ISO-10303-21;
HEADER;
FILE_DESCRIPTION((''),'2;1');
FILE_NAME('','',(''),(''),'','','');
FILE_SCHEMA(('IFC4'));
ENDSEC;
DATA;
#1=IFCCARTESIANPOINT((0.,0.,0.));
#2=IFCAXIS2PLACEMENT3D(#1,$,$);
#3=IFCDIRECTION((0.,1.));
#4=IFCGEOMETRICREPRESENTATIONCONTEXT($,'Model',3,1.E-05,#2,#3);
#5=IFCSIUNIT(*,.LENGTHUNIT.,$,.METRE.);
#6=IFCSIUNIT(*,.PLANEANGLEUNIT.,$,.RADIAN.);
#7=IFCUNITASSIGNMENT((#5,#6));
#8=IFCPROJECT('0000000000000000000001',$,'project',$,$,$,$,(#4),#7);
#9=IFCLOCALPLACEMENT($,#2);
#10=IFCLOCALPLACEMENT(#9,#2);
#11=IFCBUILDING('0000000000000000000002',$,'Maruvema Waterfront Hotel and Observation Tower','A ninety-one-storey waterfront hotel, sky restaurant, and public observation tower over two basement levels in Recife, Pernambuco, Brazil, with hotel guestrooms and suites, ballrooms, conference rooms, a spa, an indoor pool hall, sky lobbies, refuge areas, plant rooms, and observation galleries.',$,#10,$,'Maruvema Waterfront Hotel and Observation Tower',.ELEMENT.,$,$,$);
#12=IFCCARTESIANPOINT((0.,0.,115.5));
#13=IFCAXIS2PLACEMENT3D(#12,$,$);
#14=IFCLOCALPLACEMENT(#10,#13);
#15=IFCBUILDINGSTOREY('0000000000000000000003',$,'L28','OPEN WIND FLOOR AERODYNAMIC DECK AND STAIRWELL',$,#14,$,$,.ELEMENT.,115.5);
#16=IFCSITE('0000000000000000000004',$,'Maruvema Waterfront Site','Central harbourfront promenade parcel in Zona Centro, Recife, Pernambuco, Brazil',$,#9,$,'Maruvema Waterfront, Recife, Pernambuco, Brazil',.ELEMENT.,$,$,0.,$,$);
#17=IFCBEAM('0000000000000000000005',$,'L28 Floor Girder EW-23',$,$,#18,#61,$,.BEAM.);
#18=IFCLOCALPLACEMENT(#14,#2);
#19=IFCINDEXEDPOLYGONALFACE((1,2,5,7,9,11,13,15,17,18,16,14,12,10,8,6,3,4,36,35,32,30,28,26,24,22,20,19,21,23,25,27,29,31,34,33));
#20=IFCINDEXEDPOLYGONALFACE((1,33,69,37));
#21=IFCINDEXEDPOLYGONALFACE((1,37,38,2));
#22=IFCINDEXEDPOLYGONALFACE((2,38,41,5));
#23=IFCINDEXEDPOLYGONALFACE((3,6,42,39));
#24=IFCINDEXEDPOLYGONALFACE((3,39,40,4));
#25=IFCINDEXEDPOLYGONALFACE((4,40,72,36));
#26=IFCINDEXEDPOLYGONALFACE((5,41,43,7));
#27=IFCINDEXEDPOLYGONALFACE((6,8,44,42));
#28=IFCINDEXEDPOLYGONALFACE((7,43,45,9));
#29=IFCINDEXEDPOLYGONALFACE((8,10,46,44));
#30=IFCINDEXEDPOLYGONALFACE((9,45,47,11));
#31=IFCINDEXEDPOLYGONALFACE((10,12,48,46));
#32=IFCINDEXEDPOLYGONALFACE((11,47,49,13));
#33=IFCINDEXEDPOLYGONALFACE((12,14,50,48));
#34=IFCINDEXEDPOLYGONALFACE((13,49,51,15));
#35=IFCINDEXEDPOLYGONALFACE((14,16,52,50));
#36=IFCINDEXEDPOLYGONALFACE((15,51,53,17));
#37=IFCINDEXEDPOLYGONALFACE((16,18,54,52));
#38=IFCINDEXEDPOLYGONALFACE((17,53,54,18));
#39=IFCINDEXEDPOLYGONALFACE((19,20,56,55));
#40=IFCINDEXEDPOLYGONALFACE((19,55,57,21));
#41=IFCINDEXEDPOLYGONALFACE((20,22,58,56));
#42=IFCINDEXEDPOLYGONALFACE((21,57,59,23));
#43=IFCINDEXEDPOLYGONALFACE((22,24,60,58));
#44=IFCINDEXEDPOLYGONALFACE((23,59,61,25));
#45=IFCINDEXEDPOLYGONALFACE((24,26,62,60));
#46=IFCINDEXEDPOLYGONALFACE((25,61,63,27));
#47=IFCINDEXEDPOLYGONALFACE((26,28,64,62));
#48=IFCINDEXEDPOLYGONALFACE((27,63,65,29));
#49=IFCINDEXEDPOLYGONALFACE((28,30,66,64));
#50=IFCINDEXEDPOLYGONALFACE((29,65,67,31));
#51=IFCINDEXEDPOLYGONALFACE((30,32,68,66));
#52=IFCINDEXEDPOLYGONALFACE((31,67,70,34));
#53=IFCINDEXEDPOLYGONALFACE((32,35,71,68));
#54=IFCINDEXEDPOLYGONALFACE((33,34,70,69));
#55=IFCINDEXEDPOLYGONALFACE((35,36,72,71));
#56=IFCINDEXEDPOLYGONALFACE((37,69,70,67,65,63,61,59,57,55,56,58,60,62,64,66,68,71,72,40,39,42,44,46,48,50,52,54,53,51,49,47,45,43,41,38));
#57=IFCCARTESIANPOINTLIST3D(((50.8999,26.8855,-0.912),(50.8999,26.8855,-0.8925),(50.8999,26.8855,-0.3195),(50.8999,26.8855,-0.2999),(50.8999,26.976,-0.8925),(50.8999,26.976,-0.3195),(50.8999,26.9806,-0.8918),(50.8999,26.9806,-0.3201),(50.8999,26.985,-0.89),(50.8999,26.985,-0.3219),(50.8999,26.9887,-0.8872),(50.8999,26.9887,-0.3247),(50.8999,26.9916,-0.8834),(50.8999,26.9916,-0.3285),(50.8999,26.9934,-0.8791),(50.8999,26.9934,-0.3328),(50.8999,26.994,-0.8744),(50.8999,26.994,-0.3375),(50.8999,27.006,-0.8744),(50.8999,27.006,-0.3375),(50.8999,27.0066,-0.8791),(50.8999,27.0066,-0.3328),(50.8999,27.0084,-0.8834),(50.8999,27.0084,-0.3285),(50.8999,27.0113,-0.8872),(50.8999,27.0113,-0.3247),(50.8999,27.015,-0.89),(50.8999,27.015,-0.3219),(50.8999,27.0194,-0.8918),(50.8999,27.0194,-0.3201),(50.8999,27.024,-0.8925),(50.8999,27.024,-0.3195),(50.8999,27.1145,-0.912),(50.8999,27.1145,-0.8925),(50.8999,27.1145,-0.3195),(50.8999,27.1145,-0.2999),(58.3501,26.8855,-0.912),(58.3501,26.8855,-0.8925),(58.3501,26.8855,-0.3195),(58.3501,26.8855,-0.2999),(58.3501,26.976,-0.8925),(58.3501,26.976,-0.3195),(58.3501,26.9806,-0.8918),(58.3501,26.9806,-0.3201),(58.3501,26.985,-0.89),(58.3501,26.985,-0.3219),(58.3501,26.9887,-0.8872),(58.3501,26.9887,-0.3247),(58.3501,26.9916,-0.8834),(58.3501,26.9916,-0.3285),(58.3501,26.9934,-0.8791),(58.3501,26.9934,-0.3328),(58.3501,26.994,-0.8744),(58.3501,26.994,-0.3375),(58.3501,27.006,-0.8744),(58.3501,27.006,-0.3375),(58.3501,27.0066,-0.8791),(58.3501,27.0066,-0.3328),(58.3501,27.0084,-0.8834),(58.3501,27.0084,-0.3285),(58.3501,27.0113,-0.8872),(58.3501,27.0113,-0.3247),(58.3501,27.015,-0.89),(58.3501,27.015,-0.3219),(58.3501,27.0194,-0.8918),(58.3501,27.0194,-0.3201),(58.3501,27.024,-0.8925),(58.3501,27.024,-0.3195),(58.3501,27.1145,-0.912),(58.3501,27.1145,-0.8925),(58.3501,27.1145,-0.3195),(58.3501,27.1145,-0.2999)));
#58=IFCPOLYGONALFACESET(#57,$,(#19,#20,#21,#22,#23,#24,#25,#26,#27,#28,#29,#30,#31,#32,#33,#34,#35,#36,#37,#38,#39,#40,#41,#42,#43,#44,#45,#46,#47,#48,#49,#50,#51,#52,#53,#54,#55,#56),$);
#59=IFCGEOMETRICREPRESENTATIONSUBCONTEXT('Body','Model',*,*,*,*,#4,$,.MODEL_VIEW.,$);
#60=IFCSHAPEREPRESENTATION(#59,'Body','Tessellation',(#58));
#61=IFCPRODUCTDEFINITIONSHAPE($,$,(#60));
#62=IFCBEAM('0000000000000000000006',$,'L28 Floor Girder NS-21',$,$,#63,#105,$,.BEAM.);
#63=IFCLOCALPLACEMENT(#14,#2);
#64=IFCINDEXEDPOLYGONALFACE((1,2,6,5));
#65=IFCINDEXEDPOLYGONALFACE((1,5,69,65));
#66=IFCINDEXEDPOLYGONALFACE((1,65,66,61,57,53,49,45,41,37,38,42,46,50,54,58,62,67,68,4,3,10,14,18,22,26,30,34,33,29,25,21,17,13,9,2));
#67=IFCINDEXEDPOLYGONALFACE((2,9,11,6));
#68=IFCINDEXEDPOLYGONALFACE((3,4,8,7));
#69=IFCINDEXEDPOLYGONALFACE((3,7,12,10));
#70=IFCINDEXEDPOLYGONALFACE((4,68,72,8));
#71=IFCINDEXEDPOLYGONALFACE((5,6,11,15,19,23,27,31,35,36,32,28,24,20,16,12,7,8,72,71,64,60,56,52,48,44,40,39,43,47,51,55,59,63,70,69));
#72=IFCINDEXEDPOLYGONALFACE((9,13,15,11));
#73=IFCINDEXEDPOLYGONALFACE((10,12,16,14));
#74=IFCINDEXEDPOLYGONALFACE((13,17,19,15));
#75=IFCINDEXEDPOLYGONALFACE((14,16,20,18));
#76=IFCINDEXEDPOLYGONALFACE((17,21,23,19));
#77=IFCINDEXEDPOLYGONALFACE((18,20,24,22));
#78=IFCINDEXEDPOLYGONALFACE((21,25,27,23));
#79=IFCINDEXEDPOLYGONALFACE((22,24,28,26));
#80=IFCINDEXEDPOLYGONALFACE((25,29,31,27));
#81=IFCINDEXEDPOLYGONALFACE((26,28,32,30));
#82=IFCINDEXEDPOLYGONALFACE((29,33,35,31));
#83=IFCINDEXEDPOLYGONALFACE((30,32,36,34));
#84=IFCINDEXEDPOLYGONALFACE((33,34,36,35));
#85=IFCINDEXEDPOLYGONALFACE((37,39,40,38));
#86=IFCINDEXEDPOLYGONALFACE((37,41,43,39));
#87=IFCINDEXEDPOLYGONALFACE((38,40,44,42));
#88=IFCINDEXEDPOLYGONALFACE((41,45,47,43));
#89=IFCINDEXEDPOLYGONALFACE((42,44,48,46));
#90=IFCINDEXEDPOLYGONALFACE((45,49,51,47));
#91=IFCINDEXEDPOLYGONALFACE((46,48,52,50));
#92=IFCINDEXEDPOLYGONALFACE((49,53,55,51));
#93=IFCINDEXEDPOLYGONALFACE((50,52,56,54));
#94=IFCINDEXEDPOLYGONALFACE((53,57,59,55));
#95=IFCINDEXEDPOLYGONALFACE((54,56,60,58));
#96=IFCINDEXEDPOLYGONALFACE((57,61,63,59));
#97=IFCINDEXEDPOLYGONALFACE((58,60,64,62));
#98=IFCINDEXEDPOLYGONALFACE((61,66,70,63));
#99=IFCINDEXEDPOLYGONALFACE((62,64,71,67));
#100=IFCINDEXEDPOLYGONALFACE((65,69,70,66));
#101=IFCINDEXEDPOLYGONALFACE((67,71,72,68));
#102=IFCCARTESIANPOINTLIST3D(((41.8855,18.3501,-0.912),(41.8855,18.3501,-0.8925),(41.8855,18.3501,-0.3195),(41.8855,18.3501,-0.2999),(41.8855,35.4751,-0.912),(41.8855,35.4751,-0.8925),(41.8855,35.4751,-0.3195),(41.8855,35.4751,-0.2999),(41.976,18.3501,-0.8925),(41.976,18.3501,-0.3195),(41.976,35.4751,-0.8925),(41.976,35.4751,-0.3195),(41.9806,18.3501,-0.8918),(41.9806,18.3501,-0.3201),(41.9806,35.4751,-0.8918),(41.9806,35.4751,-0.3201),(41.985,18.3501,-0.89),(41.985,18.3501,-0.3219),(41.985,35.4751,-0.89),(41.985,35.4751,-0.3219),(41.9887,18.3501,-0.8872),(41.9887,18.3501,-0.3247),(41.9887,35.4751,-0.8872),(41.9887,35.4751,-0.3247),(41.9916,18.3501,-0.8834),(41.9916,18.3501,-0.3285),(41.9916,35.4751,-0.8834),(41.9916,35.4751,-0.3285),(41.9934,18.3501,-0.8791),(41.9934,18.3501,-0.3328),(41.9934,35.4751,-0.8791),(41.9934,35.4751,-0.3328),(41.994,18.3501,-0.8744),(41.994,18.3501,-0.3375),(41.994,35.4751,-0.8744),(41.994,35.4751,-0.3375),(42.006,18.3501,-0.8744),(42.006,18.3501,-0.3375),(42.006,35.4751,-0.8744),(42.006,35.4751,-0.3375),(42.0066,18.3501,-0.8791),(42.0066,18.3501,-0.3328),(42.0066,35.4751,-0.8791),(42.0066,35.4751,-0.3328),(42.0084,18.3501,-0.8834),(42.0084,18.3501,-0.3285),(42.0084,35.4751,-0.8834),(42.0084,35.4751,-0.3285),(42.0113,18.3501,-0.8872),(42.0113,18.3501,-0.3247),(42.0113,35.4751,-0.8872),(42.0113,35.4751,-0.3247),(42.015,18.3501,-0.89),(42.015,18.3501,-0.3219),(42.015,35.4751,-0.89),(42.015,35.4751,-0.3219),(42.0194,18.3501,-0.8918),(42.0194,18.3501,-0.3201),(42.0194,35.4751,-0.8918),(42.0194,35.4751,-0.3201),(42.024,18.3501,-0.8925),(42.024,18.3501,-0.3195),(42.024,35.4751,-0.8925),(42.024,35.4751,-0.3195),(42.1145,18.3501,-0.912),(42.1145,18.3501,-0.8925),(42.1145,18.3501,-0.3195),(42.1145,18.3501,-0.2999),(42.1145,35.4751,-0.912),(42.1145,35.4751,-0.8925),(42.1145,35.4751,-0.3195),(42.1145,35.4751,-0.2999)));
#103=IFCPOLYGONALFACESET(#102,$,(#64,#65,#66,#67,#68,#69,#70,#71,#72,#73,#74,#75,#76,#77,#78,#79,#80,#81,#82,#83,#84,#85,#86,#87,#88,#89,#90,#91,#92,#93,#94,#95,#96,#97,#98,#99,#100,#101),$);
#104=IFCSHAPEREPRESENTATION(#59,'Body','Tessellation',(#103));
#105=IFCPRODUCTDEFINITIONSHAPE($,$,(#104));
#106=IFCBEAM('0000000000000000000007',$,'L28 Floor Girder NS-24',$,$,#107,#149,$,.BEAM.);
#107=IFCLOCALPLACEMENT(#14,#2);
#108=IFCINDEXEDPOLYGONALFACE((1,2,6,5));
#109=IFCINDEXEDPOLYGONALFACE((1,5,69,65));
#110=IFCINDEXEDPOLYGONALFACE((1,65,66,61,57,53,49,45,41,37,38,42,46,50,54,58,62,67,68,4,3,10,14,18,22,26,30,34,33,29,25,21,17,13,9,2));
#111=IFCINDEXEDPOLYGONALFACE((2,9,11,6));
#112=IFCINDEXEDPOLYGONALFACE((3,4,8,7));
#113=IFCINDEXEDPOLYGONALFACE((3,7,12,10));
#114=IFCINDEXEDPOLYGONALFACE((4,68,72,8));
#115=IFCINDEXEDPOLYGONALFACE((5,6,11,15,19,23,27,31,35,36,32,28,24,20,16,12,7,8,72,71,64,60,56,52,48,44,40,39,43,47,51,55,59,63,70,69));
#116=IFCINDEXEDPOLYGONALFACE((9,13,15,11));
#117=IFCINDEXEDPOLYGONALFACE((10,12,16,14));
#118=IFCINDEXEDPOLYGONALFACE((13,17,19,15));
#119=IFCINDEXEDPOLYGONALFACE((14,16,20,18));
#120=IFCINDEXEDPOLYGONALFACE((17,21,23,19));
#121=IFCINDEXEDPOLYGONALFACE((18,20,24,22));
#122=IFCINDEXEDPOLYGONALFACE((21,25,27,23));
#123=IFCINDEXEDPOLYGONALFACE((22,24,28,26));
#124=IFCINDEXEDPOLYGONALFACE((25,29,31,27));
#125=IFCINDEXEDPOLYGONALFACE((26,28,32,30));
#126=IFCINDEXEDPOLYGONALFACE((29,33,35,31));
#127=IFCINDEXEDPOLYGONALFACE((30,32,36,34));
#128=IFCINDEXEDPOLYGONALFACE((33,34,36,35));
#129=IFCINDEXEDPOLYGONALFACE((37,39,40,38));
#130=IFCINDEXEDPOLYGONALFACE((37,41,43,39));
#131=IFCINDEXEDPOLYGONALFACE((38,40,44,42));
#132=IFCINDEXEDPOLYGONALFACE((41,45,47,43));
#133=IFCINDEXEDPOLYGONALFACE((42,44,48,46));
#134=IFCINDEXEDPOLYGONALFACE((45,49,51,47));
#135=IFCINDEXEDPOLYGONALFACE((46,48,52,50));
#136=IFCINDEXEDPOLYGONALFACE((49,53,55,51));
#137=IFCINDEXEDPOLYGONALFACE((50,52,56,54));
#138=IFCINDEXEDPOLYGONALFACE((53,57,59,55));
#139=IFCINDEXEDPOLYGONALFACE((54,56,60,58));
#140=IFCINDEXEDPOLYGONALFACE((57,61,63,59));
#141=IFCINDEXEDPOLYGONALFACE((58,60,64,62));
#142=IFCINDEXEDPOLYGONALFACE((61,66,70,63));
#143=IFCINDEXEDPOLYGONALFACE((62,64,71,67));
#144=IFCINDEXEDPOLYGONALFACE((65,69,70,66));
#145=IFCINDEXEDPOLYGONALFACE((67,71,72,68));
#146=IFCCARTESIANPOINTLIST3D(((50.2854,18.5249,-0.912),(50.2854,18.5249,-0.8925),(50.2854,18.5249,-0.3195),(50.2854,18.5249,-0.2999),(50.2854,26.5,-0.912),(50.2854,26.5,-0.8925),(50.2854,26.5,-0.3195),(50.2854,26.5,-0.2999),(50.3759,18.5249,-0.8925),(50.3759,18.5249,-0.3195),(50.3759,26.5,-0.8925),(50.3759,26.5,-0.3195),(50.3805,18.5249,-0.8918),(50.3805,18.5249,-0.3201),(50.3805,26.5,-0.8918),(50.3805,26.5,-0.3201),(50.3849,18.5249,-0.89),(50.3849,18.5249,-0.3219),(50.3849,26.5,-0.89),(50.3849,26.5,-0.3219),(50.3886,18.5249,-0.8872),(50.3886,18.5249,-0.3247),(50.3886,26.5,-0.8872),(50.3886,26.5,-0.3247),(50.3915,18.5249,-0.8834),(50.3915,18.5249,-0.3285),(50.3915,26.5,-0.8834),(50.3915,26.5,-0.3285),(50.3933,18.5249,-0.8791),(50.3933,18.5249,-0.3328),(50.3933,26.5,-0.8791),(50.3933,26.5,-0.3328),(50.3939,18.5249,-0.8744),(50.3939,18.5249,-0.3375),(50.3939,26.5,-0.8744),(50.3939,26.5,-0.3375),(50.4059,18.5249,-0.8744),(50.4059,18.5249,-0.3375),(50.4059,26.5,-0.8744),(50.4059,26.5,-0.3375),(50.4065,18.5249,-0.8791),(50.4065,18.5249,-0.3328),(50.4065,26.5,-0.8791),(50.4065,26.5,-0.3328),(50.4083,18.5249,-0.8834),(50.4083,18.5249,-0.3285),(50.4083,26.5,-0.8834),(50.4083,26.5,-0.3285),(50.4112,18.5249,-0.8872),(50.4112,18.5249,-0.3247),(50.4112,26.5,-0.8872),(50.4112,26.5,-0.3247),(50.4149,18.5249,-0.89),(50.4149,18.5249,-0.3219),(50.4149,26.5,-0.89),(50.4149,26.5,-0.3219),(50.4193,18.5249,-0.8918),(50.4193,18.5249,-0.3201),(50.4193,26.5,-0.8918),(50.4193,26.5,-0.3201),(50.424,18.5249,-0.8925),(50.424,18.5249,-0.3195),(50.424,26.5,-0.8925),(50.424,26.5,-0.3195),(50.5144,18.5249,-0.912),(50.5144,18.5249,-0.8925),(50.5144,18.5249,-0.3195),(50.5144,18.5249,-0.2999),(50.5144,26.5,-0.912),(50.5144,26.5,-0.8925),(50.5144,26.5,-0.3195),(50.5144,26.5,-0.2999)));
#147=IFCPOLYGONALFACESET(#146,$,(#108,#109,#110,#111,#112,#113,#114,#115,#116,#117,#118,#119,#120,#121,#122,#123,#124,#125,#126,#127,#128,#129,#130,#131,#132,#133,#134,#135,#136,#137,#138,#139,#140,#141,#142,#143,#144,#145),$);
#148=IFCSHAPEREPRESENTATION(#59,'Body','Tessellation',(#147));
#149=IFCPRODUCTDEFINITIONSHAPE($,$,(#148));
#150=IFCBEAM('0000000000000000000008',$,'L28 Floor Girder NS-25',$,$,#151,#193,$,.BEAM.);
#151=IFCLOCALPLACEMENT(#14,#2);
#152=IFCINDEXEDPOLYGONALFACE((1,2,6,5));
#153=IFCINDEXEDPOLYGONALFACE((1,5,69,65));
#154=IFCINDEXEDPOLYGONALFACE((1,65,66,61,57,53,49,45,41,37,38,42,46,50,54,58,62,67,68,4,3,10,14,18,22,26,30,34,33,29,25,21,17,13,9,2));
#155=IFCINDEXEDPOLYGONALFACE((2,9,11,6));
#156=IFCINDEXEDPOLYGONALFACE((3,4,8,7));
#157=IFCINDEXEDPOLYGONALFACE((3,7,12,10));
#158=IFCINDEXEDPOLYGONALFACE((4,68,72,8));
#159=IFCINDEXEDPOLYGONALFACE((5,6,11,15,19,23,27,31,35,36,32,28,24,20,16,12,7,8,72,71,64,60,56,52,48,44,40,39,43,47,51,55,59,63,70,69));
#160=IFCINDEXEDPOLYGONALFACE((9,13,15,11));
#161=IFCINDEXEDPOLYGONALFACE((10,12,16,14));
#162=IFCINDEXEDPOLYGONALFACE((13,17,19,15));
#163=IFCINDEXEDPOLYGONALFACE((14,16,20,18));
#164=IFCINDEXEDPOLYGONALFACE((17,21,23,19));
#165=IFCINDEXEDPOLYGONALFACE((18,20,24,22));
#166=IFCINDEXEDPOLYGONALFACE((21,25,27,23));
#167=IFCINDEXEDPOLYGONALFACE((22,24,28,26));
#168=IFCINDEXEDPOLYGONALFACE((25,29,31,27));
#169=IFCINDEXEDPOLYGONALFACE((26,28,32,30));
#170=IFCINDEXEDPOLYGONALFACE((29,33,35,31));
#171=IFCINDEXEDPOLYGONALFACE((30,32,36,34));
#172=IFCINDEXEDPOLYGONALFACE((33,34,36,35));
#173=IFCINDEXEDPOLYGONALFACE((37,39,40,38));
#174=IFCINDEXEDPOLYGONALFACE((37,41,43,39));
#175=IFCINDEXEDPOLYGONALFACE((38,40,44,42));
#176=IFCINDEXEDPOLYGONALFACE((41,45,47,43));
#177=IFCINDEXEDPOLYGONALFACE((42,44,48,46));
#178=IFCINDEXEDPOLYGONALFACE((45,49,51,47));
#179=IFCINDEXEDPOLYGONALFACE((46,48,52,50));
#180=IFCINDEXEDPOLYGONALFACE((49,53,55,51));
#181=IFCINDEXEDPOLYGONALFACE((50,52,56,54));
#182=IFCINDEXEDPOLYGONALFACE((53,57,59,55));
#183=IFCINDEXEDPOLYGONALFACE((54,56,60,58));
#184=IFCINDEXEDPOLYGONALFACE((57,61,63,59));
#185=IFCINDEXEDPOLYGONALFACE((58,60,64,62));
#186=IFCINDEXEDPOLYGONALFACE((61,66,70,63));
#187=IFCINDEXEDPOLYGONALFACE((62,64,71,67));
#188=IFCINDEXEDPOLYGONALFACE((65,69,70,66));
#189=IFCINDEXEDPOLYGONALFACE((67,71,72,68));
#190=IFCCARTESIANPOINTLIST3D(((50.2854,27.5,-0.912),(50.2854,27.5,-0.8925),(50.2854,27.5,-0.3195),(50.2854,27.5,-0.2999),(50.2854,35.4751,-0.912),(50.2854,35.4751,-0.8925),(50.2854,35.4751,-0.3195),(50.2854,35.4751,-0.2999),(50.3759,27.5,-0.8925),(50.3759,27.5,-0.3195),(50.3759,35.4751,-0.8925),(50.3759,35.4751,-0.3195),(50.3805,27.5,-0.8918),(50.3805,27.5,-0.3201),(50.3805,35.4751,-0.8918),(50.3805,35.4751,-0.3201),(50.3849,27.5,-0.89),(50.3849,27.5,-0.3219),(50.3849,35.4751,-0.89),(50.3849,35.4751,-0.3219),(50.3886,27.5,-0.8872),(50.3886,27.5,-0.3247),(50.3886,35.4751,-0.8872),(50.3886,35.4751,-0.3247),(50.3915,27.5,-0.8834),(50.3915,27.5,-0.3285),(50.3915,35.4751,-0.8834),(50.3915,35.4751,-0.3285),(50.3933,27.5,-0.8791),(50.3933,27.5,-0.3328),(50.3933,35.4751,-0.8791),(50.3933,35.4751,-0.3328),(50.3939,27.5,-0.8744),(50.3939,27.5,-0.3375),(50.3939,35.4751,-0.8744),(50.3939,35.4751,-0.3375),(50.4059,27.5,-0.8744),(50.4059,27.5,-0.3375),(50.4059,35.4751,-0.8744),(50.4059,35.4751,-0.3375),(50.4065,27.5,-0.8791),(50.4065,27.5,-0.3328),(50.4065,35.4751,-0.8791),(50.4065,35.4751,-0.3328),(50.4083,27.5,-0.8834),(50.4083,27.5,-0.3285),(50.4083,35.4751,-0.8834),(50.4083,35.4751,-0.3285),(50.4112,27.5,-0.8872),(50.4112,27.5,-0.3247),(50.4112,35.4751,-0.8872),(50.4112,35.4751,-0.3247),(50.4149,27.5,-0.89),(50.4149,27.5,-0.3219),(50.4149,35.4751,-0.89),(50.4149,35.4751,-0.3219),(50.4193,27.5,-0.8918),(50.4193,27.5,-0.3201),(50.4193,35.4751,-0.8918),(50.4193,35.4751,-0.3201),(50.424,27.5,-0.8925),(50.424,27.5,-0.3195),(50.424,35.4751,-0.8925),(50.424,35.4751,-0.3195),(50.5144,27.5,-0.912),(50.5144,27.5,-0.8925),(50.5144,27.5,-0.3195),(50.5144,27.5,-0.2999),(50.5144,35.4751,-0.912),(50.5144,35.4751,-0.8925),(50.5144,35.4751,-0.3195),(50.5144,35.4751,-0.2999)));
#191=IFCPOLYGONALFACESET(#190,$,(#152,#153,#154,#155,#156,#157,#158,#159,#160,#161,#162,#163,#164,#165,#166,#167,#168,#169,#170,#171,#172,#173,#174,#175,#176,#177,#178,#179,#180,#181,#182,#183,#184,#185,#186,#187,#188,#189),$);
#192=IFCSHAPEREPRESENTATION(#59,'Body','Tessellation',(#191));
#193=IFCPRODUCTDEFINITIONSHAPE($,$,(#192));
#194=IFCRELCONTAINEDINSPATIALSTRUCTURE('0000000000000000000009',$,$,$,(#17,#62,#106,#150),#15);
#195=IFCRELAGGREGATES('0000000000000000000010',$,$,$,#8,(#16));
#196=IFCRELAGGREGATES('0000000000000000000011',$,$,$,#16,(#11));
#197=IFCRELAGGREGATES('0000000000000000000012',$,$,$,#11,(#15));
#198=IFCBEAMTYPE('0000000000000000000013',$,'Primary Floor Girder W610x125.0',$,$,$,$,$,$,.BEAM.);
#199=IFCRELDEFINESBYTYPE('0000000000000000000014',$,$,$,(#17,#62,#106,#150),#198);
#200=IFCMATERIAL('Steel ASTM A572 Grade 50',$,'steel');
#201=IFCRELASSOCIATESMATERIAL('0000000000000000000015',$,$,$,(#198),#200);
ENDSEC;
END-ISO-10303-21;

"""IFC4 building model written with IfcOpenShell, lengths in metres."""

from ifc_helpers import new_model, si_unit, direction, frame, origin, origin_2d, place, context, subcontext, project, spatial, i_section, extrude, material, material_profile, profile_set, type_object, element, save


model = new_model("IFC4")

# Units and contexts
model_context = context("Model", 3, precision=1e-05, world=origin(), true_north=direction((0.0, 1.0)))
body_context = subcontext(model_context, "Body", "Model", "MODEL_VIEW")
ifc_project = project(units=[si_unit("LENGTHUNIT", "METRE"), si_unit("PLANEANGLEUNIT", "RADIAN")], contexts=[model_context])

# Site, building, storey
site_placement = place(None, origin())
site = spatial("IfcSite", under=ifc_project, at=site_placement, Name="Maruvema Waterfront Site", Description="Central harbourfront promenade parcel in Zona Centro, Recife, Pernambuco, Brazil", LongName="Maruvema Waterfront, Recife, Pernambuco, Brazil", CompositionType="ELEMENT", RefElevation=0.0)
building_placement = place(site_placement, origin())
building = spatial("IfcBuilding", under=site, at=building_placement, Name="Maruvema Waterfront Hotel and Observation Tower", Description="A ninety-one-storey waterfront hotel, sky restaurant, and public observation tower over two basement levels in Recife, Pernambuco, Brazil, with hotel guestrooms and suites, ballrooms, conference rooms, a spa, an indoor pool hall, sky lobbies, refuge areas, plant rooms, and observation galleries.", LongName="Maruvema Waterfront Hotel and Observation Tower", CompositionType="ELEMENT")
storey_placement = place(building_placement, frame((0.0, 0.0, 115.5)))
storey = spatial("IfcBuildingStorey", under=building, at=storey_placement, Name="L28", Description="OPEN WIND FLOOR AERODYNAMIC DECK AND STAIRWELL", CompositionType="ELEMENT", Elevation=115.5)

# Beams
ifc_material_1 = material(Name="Steel ASTM A572 Grade 50", Category="steel")
ifc_material_profile_1 = material_profile(ifc_material_1, i_section(OverallWidth=0.229, OverallDepth=0.6121, WebThickness=0.012, FlangeThickness=0.0195, FilletRadius=0.0181, at=origin_2d()), Name="W610x125.0")
ifc_profile_set_1 = profile_set([ifc_material_profile_1], Name="Steel ASTM A572 Grade 50")
beam_type = type_object("IfcBeamType", Name="Primary Floor Girder W610x125.0", PredefinedType="BEAM", material=ifc_profile_set_1)
beam_1_placement = place(storey_placement, frame((50.8999, 27.0, -0.606), z_axis=(1.0, 0.0, 0.0), x_axis=(0.0, 1.0, 0.0)))
element("IfcBeam", 1, at=beam_1_placement, inside=storey, type_object=beam_type, Name="L28 Floor Girder EW-23", PredefinedType="BEAM", context=body_context, shape_type="SweptSolid", body=[
    extrude(i_section(OverallWidth=0.229, OverallDepth=0.6121, WebThickness=0.012, FlangeThickness=0.0195, FilletRadius=0.0181, at=origin_2d()), origin(), (0.0, 0.0, 1.0), 7.4502),
])
beam_2_placement = place(storey_placement, frame((42.0, 18.3501, -0.606), z_axis=(0.0, 1.0, 0.0), x_axis=(-1.0, 0.0, 0.0)))
element("IfcBeam", 2, at=beam_2_placement, inside=storey, type_object=beam_type, Name="L28 Floor Girder NS-21", PredefinedType="BEAM", context=body_context, shape_type="SweptSolid", body=[
    extrude(i_section(OverallWidth=0.229, OverallDepth=0.6121, WebThickness=0.012, FlangeThickness=0.0195, FilletRadius=0.0181, at=origin_2d()), origin(), (0.0, 0.0, 1.0), 17.125),
])
for number, where, z_axis, x_axis, name in (
    (3, (50.3999, 18.5249, -0.606), (0.0, 1.0, 0.0), (-1.0, 0.0, 0.0), "L28 Floor Girder NS-24"),
    (4, (50.3999, 27.5, -0.606), (0.0, 1.0, 0.0), (-1.0, 0.0, 0.0), "L28 Floor Girder NS-25"),
):
    element("IfcBeam", number, at=place(storey_placement, frame(where, z_axis=z_axis, x_axis=x_axis)), inside=storey, type_object=beam_type, Name=name, PredefinedType="BEAM", context=body_context, shape_type="SweptSolid", body=[
        extrude(i_section(OverallWidth=0.229, OverallDepth=0.6121, WebThickness=0.012, FlangeThickness=0.0195, FilletRadius=0.0181, at=origin_2d()), origin(), (0.0, 0.0, 1.0), 7.9751),
    ])

save(model, "model.ifc")
